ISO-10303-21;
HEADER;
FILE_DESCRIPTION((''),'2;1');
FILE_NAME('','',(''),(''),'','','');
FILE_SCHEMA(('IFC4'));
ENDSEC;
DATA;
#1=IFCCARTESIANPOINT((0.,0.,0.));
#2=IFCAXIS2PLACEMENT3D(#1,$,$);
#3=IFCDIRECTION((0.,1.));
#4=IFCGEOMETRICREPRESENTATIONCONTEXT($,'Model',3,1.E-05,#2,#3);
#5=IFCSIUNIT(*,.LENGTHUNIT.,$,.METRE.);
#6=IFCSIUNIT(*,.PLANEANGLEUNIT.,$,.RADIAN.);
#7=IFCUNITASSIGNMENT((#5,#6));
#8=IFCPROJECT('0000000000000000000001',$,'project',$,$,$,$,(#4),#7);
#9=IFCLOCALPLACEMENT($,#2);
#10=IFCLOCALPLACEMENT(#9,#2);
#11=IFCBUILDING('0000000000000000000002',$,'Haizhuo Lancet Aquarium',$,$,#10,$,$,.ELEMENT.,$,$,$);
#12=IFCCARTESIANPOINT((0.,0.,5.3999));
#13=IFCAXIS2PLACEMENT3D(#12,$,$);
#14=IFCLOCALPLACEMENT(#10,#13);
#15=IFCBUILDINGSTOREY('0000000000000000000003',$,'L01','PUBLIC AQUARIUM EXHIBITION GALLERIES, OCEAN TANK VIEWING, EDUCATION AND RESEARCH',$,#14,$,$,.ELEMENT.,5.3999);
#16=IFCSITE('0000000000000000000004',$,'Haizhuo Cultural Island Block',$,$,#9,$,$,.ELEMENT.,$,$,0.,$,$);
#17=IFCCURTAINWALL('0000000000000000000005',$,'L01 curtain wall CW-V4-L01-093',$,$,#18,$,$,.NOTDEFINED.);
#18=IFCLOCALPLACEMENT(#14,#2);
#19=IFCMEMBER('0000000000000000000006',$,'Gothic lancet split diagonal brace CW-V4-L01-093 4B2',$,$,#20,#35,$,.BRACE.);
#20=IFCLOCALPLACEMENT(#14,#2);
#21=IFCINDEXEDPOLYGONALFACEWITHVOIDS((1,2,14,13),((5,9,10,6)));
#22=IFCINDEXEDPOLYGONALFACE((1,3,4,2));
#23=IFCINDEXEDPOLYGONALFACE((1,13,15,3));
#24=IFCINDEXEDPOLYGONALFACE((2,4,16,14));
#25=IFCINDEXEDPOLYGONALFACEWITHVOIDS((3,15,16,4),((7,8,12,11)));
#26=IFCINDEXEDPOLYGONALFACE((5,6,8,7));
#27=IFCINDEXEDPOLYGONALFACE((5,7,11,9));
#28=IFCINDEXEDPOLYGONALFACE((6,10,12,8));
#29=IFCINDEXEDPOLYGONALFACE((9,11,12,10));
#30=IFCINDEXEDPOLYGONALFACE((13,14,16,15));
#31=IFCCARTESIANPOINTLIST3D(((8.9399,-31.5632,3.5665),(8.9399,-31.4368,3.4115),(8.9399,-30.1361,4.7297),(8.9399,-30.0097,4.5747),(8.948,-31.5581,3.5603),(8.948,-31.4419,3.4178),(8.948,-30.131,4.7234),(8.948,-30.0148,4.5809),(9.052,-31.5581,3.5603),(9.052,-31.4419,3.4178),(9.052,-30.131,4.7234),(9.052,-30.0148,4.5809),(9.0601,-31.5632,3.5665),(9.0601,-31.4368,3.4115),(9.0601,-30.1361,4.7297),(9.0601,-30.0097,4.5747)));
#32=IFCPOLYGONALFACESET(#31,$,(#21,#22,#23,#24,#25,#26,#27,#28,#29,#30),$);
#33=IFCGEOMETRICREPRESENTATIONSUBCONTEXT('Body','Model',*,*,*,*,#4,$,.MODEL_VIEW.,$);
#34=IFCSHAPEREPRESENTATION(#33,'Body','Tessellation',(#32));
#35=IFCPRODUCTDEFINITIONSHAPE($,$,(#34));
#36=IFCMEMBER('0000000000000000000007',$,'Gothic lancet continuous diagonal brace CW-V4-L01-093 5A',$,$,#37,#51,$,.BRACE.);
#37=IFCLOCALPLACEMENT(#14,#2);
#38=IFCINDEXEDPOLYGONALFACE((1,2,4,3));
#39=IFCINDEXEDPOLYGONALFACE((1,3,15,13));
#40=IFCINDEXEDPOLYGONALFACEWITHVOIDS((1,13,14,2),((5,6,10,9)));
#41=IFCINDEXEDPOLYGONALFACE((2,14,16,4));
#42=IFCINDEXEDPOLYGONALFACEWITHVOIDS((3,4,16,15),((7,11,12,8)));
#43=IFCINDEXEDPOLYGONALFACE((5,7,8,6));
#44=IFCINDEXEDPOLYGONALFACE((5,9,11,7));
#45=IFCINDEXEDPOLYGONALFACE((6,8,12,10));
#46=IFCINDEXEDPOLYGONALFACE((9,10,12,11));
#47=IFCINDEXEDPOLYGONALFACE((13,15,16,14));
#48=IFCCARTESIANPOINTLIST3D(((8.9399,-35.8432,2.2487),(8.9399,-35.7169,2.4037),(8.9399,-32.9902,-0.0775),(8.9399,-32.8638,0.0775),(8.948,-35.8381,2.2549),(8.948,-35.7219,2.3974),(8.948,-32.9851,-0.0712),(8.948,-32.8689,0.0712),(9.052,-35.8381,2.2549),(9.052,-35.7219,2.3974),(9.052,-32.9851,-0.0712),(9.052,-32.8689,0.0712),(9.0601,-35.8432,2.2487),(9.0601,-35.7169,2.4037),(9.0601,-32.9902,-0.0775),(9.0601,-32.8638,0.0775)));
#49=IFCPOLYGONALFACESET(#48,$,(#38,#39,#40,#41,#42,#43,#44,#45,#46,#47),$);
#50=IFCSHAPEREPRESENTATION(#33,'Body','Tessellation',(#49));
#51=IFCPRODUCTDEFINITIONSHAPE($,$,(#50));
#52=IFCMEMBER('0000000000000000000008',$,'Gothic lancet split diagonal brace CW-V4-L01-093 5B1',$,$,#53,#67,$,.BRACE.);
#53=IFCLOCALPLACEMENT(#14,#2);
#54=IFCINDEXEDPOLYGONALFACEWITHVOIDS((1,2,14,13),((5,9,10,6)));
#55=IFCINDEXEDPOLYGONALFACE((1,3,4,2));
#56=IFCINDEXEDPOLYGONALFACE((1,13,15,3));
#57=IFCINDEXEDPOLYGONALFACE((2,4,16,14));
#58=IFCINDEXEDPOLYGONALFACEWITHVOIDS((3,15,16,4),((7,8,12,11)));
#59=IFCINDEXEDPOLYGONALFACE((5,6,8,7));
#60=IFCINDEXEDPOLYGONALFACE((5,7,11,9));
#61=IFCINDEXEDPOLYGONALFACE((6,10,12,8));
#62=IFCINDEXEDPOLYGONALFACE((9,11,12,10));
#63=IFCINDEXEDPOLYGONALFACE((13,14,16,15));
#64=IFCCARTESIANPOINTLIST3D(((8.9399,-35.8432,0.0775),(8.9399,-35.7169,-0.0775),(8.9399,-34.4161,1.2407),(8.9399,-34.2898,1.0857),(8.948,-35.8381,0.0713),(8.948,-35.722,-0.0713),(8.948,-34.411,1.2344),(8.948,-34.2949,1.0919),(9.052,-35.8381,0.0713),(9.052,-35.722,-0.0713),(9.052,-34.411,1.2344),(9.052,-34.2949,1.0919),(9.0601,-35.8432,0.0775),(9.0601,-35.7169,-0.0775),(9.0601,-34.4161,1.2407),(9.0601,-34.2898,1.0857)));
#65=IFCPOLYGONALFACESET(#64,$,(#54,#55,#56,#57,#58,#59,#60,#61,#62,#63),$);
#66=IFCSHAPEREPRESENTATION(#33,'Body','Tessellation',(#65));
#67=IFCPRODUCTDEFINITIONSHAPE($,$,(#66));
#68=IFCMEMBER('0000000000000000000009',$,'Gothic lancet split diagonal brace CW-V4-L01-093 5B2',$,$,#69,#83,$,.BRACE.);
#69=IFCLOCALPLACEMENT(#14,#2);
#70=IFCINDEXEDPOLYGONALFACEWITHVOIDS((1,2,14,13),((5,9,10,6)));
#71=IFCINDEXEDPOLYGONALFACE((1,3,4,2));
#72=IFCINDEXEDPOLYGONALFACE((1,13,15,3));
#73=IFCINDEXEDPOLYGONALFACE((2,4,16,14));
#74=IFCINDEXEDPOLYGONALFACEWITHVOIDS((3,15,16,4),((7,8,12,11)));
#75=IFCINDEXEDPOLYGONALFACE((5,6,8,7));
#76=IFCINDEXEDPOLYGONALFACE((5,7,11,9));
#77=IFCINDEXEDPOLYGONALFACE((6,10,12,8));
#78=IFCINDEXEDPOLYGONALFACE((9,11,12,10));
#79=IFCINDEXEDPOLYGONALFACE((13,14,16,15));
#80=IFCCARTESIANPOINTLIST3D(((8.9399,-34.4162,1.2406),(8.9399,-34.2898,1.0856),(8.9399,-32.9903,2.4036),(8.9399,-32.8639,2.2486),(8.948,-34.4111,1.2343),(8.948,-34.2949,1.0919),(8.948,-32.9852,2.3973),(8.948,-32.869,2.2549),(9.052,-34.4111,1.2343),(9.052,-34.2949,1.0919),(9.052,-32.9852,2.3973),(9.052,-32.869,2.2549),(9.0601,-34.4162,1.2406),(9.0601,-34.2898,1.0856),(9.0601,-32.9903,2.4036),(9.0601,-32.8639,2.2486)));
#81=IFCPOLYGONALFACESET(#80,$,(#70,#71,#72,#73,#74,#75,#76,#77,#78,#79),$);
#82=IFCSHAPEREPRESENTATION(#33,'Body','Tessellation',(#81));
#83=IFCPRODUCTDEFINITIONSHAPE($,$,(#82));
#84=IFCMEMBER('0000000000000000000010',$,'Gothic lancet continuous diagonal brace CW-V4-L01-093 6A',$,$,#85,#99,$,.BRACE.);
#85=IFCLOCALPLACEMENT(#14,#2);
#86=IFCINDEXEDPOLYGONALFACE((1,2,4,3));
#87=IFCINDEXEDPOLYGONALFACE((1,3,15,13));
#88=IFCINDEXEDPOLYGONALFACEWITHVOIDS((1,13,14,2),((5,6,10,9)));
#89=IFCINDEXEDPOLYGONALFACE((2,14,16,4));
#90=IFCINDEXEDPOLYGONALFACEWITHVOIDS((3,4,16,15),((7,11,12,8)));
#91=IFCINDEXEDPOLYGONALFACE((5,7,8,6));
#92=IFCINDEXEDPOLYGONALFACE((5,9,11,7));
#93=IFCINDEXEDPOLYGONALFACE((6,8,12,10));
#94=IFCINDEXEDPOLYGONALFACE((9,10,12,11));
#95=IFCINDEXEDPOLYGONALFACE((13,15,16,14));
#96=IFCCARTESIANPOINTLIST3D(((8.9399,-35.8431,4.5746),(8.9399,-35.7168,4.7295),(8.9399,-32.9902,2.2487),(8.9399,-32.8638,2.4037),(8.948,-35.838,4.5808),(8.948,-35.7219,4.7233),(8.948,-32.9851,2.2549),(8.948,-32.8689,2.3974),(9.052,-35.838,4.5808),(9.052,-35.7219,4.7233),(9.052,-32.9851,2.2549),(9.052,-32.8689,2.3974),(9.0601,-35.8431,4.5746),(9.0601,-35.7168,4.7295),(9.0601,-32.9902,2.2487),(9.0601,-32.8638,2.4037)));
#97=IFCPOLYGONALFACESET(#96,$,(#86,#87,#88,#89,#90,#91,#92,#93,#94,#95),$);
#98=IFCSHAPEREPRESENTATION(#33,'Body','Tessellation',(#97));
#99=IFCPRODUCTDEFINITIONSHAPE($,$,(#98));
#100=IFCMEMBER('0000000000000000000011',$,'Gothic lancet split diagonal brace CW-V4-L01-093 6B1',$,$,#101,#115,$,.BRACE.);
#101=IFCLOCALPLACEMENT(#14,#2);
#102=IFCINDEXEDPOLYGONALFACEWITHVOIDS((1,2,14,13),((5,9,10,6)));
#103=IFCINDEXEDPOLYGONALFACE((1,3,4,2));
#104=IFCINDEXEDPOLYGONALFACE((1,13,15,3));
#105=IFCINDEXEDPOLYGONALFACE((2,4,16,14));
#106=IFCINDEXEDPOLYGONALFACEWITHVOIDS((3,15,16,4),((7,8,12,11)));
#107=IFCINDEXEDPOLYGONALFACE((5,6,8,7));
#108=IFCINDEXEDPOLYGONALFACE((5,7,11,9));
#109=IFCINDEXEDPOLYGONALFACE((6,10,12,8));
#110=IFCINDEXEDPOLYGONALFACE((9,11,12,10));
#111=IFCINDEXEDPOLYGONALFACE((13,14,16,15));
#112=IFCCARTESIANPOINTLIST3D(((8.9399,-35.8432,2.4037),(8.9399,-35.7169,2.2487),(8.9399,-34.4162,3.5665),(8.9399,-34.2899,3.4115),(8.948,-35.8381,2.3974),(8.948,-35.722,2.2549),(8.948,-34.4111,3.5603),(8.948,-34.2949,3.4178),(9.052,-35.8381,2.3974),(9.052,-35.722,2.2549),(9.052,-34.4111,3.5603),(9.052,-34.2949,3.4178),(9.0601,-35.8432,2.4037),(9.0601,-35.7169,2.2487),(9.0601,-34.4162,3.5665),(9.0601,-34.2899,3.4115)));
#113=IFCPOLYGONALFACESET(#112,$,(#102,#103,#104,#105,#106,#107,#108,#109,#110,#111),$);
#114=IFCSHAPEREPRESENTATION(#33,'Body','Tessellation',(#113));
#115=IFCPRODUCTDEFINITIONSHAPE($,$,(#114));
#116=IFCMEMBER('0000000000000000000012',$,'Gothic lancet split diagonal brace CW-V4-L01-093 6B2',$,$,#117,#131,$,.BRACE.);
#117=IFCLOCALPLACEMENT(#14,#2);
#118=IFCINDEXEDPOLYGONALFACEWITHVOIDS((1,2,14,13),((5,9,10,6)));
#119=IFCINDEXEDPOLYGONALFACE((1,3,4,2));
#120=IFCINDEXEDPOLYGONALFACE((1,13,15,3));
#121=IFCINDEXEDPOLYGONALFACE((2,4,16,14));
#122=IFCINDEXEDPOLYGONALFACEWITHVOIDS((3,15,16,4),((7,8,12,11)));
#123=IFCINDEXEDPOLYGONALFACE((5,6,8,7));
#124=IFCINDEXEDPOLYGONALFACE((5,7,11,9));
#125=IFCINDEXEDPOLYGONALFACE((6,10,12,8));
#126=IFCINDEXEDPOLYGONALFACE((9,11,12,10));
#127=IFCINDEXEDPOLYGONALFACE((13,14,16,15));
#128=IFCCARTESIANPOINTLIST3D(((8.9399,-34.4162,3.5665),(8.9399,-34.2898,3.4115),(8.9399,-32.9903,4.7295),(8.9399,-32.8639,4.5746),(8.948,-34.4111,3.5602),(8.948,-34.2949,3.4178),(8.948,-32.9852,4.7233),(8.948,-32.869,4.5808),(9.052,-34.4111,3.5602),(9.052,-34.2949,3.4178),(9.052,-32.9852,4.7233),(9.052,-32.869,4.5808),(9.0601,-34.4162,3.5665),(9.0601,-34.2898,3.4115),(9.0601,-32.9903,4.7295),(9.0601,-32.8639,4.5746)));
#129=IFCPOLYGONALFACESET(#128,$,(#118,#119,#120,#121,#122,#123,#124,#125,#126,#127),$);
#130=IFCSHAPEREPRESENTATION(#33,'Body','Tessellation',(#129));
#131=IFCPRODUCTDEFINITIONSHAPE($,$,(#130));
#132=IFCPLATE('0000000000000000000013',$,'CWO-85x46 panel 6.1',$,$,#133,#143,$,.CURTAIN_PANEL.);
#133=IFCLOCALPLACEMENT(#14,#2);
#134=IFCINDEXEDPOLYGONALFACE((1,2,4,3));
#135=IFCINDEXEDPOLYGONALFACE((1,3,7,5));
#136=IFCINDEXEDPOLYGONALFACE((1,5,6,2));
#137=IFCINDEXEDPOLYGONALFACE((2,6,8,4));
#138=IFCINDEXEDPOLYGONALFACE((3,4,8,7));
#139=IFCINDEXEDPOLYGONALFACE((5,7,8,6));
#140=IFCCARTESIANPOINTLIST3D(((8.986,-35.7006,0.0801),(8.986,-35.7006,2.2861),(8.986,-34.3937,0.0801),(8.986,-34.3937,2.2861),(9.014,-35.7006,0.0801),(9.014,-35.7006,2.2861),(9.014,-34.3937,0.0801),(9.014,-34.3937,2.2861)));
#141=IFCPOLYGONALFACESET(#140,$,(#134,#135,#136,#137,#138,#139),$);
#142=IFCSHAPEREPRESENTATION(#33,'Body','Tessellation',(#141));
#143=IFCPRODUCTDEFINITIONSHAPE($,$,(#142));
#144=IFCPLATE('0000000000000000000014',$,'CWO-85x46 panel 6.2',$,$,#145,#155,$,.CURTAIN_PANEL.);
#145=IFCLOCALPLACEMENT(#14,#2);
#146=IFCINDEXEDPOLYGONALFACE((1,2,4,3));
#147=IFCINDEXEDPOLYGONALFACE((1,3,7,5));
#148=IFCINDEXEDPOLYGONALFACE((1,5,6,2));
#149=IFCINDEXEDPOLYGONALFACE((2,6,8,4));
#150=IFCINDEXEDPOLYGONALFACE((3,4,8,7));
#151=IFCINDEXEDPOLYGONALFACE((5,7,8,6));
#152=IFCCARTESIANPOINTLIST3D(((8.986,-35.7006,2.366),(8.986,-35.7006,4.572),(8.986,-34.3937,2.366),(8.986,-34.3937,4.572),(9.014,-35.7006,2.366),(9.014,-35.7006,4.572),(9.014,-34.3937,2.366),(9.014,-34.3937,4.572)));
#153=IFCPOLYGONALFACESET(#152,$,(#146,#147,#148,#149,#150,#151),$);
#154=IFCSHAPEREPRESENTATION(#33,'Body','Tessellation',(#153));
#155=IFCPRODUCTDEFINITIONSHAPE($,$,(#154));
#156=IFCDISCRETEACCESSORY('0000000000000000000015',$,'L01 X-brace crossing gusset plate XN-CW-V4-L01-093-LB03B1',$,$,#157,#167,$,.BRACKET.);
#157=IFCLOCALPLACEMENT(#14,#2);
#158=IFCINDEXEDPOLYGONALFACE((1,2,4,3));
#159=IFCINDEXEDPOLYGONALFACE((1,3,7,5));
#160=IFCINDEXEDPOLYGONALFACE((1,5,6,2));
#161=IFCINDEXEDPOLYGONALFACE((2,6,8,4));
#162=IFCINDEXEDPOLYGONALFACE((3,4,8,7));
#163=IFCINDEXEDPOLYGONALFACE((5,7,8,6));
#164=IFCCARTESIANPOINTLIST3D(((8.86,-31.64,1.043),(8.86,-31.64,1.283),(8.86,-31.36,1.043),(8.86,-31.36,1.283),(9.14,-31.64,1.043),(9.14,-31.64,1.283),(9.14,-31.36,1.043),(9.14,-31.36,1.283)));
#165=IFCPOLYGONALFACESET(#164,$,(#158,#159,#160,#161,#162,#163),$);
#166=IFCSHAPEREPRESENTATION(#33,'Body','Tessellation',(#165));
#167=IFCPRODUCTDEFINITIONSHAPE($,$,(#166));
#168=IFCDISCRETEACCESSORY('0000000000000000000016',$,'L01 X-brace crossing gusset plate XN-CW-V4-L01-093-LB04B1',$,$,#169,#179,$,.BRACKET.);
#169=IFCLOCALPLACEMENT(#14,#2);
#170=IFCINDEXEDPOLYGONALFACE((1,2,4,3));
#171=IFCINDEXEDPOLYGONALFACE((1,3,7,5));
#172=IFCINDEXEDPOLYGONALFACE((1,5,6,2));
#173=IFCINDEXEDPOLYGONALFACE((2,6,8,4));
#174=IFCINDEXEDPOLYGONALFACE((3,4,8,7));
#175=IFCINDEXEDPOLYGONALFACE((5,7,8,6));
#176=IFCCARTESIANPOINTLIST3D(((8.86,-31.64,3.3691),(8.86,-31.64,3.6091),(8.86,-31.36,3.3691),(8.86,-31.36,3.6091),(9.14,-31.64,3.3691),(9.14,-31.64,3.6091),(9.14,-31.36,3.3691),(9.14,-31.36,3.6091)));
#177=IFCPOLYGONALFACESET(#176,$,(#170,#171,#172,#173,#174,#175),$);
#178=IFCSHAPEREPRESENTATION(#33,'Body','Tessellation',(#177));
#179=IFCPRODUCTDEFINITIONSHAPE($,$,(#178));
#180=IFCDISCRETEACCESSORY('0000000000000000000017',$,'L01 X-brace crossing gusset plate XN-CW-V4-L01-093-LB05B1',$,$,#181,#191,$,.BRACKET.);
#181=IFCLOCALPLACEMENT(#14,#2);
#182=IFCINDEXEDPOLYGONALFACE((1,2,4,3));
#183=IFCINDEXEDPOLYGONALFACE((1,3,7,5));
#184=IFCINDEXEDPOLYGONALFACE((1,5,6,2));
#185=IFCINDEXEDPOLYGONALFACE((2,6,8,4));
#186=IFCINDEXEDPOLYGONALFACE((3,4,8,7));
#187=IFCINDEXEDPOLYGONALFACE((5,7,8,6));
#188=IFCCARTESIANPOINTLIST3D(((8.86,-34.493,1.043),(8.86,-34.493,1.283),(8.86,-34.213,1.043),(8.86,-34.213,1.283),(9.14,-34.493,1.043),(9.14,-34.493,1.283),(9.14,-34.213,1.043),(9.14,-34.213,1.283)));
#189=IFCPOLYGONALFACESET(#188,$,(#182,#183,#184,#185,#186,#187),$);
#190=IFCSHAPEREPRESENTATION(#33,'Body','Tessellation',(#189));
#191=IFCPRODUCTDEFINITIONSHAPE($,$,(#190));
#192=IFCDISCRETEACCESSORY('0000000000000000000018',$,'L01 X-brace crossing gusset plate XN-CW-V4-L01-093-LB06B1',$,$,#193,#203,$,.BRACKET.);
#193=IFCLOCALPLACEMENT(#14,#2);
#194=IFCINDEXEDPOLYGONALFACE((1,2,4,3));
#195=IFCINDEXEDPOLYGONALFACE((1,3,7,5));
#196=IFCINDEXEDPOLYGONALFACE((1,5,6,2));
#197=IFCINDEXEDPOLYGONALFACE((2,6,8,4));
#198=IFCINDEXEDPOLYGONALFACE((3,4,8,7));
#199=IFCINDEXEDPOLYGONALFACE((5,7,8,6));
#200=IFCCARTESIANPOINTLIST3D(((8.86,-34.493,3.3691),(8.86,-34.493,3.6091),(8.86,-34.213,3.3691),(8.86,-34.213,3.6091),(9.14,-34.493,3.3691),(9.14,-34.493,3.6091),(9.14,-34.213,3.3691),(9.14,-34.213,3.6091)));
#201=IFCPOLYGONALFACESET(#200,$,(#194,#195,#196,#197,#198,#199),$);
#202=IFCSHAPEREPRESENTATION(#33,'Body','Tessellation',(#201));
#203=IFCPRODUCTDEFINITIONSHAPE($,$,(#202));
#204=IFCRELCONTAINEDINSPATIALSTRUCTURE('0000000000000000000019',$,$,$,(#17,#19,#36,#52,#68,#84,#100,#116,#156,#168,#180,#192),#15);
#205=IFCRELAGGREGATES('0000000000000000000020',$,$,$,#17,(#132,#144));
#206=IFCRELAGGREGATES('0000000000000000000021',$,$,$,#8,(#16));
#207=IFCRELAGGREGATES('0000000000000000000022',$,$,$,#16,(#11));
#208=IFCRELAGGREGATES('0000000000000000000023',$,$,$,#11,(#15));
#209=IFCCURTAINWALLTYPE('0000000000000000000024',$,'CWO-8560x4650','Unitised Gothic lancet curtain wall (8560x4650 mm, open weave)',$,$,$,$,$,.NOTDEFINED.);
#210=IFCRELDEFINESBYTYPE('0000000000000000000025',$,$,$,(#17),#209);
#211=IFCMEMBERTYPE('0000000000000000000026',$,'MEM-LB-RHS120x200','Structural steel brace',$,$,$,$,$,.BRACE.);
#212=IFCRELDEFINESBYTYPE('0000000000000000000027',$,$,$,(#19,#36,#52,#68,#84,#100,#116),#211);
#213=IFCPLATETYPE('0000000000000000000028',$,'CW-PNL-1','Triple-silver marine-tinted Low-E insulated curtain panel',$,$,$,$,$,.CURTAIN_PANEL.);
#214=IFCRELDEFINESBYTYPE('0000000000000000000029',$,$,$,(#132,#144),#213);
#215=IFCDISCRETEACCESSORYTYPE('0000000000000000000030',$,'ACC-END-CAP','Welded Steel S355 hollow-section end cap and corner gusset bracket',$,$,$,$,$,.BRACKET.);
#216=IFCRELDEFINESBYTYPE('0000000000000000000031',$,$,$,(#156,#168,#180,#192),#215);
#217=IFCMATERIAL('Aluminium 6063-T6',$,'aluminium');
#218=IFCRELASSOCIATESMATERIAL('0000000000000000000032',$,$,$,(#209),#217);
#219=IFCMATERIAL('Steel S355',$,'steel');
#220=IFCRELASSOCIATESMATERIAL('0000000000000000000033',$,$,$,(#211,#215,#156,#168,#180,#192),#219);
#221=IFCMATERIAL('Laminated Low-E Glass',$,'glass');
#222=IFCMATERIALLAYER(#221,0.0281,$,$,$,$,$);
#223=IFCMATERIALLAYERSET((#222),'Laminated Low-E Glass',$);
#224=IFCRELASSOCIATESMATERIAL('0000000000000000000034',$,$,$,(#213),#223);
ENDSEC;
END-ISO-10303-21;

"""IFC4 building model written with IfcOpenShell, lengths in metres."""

from ifc_helpers import new_model, si_unit, direction, frame, origin, origin_2d, place, context, subcontext, project, spatial, rectangle, hollow_rectangle, extrude, material, layer, layer_set, material_profile, profile_set, type_object, element, aggregate, save


model = new_model("IFC4")

# Units and contexts
model_context = context("Model", 3, precision=1e-05, world=origin(), true_north=direction((0.0, 1.0)))
body_context = subcontext(model_context, "Body", "Model", "MODEL_VIEW")
ifc_project = project(units=[si_unit("LENGTHUNIT", "METRE"), si_unit("PLANEANGLEUNIT", "RADIAN")], contexts=[model_context])

# Site, building, storey
site_placement = place(None, origin())
site = spatial("IfcSite", under=ifc_project, at=site_placement, Name="Haizhuo Cultural Island Block", CompositionType="ELEMENT", RefElevation=0.0)
building_placement = place(site_placement, origin())
building = spatial("IfcBuilding", under=site, at=building_placement, Name="Haizhuo Lancet Aquarium", CompositionType="ELEMENT")
storey_placement = place(building_placement, frame((0.0, 0.0, 5.3999)))
storey = spatial("IfcBuildingStorey", under=building, at=storey_placement, Name="L01", Description="PUBLIC AQUARIUM EXHIBITION GALLERIES, OCEAN TANK VIEWING, EDUCATION AND RESEARCH", CompositionType="ELEMENT", Elevation=5.3999)

# Curtain wall
ifc_material_1 = material(Name="Aluminium 6063-T6", Category="aluminium")
curtain_wall_type = type_object("IfcCurtainWallType", Name="CWO-8560x4650", Description="Unitised Gothic lancet curtain wall (8560x4650 mm, open weave)", PredefinedType="NOTDEFINED", material=ifc_material_1)
curtain_wall_placement = place(storey_placement, origin())
curtain_wall = element("IfcCurtainWall", 1, at=curtain_wall_placement, inside=storey, type_object=curtain_wall_type, Name="L01 curtain wall CW-V4-L01-093", PredefinedType="NOTDEFINED")

# Members
ifc_material_2 = material(Name="Steel S355", Category="steel")
ifc_material_profile_1 = material_profile(ifc_material_2, hollow_rectangle(XDim=0.1201, YDim=0.2, WallThickness=0.0081, at=origin_2d()), Name="RHS 120x200x8")
ifc_profile_set_1 = profile_set([ifc_material_profile_1], Name="Steel S355")
member_type_1 = type_object("IfcMemberType", Name="MEM-LB-RHS120x200", Description="Structural steel brace", PredefinedType="BRACE", material=ifc_profile_set_1)
member_1_placement = place(storey_placement, frame((9.0, -31.5, 3.489), z_axis=(0.0, 0.775144, 0.631785), x_axis=(-1.0, 0.0, 0.0)))
element("IfcMember", 2, at=member_1_placement, inside=storey, type_object=member_type_1, Name="Gothic lancet split diagonal brace CW-V4-L01-093 4B2", PredefinedType="BRACE", context=body_context, shape_type="SweptSolid", body=[
    extrude(hollow_rectangle(XDim=0.1201, YDim=0.2, WallThickness=0.0081, at=origin_2d()), origin(), (0.0, 0.0, 1.0), 1.8411),
])
member_2_placement = place(storey_placement, frame((9.0, -32.927, 0.0), z_axis=(0.0, -0.775038, 0.631915), x_axis=(1.0, 0.0, 0.0)))
element("IfcMember", 3, at=member_2_placement, inside=storey, type_object=member_type_1, Name="Gothic lancet continuous diagonal brace CW-V4-L01-093 5A", PredefinedType="BRACE", context=body_context, shape_type="SweptSolid", body=[
    extrude(hollow_rectangle(XDim=0.1201, YDim=0.2, WallThickness=0.0081, at=origin_2d()), origin(), (0.0, 0.0, 1.0), 3.6812),
])
member_3_placement = place(storey_placement, frame((9.0, -35.78, 0.0), z_axis=(0.0, 0.775144, 0.631785), x_axis=(-1.0, 0.0, 0.0)))
element("IfcMember", 4, at=member_3_placement, inside=storey, type_object=member_type_1, Name="Gothic lancet split diagonal brace CW-V4-L01-093 5B1", PredefinedType="BRACE", context=body_context, shape_type="SweptSolid", body=[
    extrude(hollow_rectangle(XDim=0.1201, YDim=0.2, WallThickness=0.0081, at=origin_2d()), origin(), (0.0, 0.0, 1.0), 1.8411),
])
member_4_placement = place(storey_placement, frame((9.0, -34.353, 1.1631), z_axis=(0.0, 0.774932, 0.632045), x_axis=(-1.0, 0.0, 0.0)))
element("IfcMember", 5, at=member_4_placement, inside=storey, type_object=member_type_1, Name="Gothic lancet split diagonal brace CW-V4-L01-093 5B2", PredefinedType="BRACE", context=body_context, shape_type="SweptSolid", body=[
    extrude(hollow_rectangle(XDim=0.1201, YDim=0.2, WallThickness=0.0081, at=origin_2d()), origin(), (0.0, 0.0, 1.0), 1.8401),
])
member_5_placement = place(storey_placement, frame((9.0, -32.927, 2.3262), z_axis=(0.0, -0.77507, 0.631875), x_axis=(1.0, 0.0, 0.0)))
element("IfcMember", 6, at=member_5_placement, inside=storey, type_object=member_type_1, Name="Gothic lancet continuous diagonal brace CW-V4-L01-093 6A", PredefinedType="BRACE", context=body_context, shape_type="SweptSolid", body=[
    extrude(hollow_rectangle(XDim=0.1201, YDim=0.2, WallThickness=0.0081, at=origin_2d()), origin(), (0.0, 0.0, 1.0), 3.6809),
])
member_6_placement = place(storey_placement, frame((9.0, -35.78, 2.3262), z_axis=(0.0, 0.775209, 0.631705), x_axis=(-1.0, 0.0, 0.0)))
element("IfcMember", 7, at=member_6_placement, inside=storey, type_object=member_type_1, Name="Gothic lancet split diagonal brace CW-V4-L01-093 6B1", PredefinedType="BRACE", context=body_context, shape_type="SweptSolid", body=[
    extrude(hollow_rectangle(XDim=0.1201, YDim=0.2, WallThickness=0.0081, at=origin_2d()), origin(), (0.0, 0.0, 1.0), 1.8408),
])
member_7_placement = place(storey_placement, frame((9.0, -34.353, 3.489), z_axis=(0.0, 0.774932, 0.632045), x_axis=(-1.0, 0.0, 0.0)))
element("IfcMember", 8, at=member_7_placement, inside=storey, type_object=member_type_1, Name="Gothic lancet split diagonal brace CW-V4-L01-093 6B2", PredefinedType="BRACE", context=body_context, shape_type="SweptSolid", body=[
    extrude(hollow_rectangle(XDim=0.1201, YDim=0.2, WallThickness=0.0081, at=origin_2d()), origin(), (0.0, 0.0, 1.0), 1.8401),
])

# Plates
ifc_material_3 = material(Name="Laminated Low-E Glass", Category="glass")
ifc_layer = layer(ifc_material_3, 0.0281)
ifc_layer_set = layer_set([ifc_layer], Name="Laminated Low-E Glass")
plate_type = type_object("IfcPlateType", Name="CW-PNL-1", Description="Triple-silver marine-tinted Low-E insulated curtain panel", PredefinedType="CURTAIN_PANEL", material=ifc_layer_set)
plate_1_placement = place(storey_placement, frame((9.0, -35.0471, 0.0801), z_axis=(0.0, 0.0, 1.0), x_axis=(0.0, -1.0, 0.0)))
plate_1 = element("IfcPlate", 9, at=plate_1_placement, type_object=plate_type, Name="CWO-85x46 panel 6.1", PredefinedType="CURTAIN_PANEL", context=body_context, shape_type="SweptSolid", body=[
    extrude(rectangle(XDim=1.3069, YDim=0.0281, at=origin_2d()), origin(), (0.0, 0.0, 1.0), 2.2061),
])
plate_2_placement = place(storey_placement, frame((9.0, -35.0471, 2.366), z_axis=(0.0, 0.0, 1.0), x_axis=(0.0, -1.0, 0.0)))
plate_2 = element("IfcPlate", 10, at=plate_2_placement, type_object=plate_type, Name="CWO-85x46 panel 6.2", PredefinedType="CURTAIN_PANEL", context=body_context, shape_type="SweptSolid", body=[
    extrude(rectangle(XDim=1.3069, YDim=0.0281, at=origin_2d()), origin(), (0.0, 0.0, 1.0), 2.2061),
])
aggregate(curtain_wall, [plate_1, plate_2])

# Discrete accessories
discrete_accessory_type = type_object("IfcDiscreteAccessoryType", Name="ACC-END-CAP", Description="Welded Steel S355 hollow-section end cap and corner gusset bracket", PredefinedType="BRACKET", material=ifc_material_2)
for number, where, z_axis, x_axis, name in (
    (11, (9.0, -31.5, 1.043), (0.0, 0.0, 1.0), (1.0, 0.0, 0.0), "L01 X-brace crossing gusset plate XN-CW-V4-L01-093-LB03B1"),
    (12, (9.0, -31.5, 3.3691), (0.0, 0.0, 1.0), (1.0, 0.0, 0.0), "L01 X-brace crossing gusset plate XN-CW-V4-L01-093-LB04B1"),
    (13, (9.0, -34.353, 1.043), (0.0, 0.0, 1.0), (1.0, 0.0, 0.0), "L01 X-brace crossing gusset plate XN-CW-V4-L01-093-LB05B1"),
    (14, (9.0, -34.353, 3.3691), (0.0, 0.0, 1.0), (1.0, 0.0, 0.0), "L01 X-brace crossing gusset plate XN-CW-V4-L01-093-LB06B1"),
):
    element("IfcDiscreteAccessory", number, at=place(storey_placement, frame(where, z_axis=z_axis, x_axis=x_axis)), inside=storey, type_object=discrete_accessory_type, material=ifc_material_2, Name=name, PredefinedType="BRACKET", context=body_context, shape_type="SweptSolid", body=[
        extrude(rectangle(XDim=0.28, YDim=0.28, at=origin_2d()), origin(), (0.0, 0.0, 1.0), 0.24),
    ])

save(model, "model.ifc")
